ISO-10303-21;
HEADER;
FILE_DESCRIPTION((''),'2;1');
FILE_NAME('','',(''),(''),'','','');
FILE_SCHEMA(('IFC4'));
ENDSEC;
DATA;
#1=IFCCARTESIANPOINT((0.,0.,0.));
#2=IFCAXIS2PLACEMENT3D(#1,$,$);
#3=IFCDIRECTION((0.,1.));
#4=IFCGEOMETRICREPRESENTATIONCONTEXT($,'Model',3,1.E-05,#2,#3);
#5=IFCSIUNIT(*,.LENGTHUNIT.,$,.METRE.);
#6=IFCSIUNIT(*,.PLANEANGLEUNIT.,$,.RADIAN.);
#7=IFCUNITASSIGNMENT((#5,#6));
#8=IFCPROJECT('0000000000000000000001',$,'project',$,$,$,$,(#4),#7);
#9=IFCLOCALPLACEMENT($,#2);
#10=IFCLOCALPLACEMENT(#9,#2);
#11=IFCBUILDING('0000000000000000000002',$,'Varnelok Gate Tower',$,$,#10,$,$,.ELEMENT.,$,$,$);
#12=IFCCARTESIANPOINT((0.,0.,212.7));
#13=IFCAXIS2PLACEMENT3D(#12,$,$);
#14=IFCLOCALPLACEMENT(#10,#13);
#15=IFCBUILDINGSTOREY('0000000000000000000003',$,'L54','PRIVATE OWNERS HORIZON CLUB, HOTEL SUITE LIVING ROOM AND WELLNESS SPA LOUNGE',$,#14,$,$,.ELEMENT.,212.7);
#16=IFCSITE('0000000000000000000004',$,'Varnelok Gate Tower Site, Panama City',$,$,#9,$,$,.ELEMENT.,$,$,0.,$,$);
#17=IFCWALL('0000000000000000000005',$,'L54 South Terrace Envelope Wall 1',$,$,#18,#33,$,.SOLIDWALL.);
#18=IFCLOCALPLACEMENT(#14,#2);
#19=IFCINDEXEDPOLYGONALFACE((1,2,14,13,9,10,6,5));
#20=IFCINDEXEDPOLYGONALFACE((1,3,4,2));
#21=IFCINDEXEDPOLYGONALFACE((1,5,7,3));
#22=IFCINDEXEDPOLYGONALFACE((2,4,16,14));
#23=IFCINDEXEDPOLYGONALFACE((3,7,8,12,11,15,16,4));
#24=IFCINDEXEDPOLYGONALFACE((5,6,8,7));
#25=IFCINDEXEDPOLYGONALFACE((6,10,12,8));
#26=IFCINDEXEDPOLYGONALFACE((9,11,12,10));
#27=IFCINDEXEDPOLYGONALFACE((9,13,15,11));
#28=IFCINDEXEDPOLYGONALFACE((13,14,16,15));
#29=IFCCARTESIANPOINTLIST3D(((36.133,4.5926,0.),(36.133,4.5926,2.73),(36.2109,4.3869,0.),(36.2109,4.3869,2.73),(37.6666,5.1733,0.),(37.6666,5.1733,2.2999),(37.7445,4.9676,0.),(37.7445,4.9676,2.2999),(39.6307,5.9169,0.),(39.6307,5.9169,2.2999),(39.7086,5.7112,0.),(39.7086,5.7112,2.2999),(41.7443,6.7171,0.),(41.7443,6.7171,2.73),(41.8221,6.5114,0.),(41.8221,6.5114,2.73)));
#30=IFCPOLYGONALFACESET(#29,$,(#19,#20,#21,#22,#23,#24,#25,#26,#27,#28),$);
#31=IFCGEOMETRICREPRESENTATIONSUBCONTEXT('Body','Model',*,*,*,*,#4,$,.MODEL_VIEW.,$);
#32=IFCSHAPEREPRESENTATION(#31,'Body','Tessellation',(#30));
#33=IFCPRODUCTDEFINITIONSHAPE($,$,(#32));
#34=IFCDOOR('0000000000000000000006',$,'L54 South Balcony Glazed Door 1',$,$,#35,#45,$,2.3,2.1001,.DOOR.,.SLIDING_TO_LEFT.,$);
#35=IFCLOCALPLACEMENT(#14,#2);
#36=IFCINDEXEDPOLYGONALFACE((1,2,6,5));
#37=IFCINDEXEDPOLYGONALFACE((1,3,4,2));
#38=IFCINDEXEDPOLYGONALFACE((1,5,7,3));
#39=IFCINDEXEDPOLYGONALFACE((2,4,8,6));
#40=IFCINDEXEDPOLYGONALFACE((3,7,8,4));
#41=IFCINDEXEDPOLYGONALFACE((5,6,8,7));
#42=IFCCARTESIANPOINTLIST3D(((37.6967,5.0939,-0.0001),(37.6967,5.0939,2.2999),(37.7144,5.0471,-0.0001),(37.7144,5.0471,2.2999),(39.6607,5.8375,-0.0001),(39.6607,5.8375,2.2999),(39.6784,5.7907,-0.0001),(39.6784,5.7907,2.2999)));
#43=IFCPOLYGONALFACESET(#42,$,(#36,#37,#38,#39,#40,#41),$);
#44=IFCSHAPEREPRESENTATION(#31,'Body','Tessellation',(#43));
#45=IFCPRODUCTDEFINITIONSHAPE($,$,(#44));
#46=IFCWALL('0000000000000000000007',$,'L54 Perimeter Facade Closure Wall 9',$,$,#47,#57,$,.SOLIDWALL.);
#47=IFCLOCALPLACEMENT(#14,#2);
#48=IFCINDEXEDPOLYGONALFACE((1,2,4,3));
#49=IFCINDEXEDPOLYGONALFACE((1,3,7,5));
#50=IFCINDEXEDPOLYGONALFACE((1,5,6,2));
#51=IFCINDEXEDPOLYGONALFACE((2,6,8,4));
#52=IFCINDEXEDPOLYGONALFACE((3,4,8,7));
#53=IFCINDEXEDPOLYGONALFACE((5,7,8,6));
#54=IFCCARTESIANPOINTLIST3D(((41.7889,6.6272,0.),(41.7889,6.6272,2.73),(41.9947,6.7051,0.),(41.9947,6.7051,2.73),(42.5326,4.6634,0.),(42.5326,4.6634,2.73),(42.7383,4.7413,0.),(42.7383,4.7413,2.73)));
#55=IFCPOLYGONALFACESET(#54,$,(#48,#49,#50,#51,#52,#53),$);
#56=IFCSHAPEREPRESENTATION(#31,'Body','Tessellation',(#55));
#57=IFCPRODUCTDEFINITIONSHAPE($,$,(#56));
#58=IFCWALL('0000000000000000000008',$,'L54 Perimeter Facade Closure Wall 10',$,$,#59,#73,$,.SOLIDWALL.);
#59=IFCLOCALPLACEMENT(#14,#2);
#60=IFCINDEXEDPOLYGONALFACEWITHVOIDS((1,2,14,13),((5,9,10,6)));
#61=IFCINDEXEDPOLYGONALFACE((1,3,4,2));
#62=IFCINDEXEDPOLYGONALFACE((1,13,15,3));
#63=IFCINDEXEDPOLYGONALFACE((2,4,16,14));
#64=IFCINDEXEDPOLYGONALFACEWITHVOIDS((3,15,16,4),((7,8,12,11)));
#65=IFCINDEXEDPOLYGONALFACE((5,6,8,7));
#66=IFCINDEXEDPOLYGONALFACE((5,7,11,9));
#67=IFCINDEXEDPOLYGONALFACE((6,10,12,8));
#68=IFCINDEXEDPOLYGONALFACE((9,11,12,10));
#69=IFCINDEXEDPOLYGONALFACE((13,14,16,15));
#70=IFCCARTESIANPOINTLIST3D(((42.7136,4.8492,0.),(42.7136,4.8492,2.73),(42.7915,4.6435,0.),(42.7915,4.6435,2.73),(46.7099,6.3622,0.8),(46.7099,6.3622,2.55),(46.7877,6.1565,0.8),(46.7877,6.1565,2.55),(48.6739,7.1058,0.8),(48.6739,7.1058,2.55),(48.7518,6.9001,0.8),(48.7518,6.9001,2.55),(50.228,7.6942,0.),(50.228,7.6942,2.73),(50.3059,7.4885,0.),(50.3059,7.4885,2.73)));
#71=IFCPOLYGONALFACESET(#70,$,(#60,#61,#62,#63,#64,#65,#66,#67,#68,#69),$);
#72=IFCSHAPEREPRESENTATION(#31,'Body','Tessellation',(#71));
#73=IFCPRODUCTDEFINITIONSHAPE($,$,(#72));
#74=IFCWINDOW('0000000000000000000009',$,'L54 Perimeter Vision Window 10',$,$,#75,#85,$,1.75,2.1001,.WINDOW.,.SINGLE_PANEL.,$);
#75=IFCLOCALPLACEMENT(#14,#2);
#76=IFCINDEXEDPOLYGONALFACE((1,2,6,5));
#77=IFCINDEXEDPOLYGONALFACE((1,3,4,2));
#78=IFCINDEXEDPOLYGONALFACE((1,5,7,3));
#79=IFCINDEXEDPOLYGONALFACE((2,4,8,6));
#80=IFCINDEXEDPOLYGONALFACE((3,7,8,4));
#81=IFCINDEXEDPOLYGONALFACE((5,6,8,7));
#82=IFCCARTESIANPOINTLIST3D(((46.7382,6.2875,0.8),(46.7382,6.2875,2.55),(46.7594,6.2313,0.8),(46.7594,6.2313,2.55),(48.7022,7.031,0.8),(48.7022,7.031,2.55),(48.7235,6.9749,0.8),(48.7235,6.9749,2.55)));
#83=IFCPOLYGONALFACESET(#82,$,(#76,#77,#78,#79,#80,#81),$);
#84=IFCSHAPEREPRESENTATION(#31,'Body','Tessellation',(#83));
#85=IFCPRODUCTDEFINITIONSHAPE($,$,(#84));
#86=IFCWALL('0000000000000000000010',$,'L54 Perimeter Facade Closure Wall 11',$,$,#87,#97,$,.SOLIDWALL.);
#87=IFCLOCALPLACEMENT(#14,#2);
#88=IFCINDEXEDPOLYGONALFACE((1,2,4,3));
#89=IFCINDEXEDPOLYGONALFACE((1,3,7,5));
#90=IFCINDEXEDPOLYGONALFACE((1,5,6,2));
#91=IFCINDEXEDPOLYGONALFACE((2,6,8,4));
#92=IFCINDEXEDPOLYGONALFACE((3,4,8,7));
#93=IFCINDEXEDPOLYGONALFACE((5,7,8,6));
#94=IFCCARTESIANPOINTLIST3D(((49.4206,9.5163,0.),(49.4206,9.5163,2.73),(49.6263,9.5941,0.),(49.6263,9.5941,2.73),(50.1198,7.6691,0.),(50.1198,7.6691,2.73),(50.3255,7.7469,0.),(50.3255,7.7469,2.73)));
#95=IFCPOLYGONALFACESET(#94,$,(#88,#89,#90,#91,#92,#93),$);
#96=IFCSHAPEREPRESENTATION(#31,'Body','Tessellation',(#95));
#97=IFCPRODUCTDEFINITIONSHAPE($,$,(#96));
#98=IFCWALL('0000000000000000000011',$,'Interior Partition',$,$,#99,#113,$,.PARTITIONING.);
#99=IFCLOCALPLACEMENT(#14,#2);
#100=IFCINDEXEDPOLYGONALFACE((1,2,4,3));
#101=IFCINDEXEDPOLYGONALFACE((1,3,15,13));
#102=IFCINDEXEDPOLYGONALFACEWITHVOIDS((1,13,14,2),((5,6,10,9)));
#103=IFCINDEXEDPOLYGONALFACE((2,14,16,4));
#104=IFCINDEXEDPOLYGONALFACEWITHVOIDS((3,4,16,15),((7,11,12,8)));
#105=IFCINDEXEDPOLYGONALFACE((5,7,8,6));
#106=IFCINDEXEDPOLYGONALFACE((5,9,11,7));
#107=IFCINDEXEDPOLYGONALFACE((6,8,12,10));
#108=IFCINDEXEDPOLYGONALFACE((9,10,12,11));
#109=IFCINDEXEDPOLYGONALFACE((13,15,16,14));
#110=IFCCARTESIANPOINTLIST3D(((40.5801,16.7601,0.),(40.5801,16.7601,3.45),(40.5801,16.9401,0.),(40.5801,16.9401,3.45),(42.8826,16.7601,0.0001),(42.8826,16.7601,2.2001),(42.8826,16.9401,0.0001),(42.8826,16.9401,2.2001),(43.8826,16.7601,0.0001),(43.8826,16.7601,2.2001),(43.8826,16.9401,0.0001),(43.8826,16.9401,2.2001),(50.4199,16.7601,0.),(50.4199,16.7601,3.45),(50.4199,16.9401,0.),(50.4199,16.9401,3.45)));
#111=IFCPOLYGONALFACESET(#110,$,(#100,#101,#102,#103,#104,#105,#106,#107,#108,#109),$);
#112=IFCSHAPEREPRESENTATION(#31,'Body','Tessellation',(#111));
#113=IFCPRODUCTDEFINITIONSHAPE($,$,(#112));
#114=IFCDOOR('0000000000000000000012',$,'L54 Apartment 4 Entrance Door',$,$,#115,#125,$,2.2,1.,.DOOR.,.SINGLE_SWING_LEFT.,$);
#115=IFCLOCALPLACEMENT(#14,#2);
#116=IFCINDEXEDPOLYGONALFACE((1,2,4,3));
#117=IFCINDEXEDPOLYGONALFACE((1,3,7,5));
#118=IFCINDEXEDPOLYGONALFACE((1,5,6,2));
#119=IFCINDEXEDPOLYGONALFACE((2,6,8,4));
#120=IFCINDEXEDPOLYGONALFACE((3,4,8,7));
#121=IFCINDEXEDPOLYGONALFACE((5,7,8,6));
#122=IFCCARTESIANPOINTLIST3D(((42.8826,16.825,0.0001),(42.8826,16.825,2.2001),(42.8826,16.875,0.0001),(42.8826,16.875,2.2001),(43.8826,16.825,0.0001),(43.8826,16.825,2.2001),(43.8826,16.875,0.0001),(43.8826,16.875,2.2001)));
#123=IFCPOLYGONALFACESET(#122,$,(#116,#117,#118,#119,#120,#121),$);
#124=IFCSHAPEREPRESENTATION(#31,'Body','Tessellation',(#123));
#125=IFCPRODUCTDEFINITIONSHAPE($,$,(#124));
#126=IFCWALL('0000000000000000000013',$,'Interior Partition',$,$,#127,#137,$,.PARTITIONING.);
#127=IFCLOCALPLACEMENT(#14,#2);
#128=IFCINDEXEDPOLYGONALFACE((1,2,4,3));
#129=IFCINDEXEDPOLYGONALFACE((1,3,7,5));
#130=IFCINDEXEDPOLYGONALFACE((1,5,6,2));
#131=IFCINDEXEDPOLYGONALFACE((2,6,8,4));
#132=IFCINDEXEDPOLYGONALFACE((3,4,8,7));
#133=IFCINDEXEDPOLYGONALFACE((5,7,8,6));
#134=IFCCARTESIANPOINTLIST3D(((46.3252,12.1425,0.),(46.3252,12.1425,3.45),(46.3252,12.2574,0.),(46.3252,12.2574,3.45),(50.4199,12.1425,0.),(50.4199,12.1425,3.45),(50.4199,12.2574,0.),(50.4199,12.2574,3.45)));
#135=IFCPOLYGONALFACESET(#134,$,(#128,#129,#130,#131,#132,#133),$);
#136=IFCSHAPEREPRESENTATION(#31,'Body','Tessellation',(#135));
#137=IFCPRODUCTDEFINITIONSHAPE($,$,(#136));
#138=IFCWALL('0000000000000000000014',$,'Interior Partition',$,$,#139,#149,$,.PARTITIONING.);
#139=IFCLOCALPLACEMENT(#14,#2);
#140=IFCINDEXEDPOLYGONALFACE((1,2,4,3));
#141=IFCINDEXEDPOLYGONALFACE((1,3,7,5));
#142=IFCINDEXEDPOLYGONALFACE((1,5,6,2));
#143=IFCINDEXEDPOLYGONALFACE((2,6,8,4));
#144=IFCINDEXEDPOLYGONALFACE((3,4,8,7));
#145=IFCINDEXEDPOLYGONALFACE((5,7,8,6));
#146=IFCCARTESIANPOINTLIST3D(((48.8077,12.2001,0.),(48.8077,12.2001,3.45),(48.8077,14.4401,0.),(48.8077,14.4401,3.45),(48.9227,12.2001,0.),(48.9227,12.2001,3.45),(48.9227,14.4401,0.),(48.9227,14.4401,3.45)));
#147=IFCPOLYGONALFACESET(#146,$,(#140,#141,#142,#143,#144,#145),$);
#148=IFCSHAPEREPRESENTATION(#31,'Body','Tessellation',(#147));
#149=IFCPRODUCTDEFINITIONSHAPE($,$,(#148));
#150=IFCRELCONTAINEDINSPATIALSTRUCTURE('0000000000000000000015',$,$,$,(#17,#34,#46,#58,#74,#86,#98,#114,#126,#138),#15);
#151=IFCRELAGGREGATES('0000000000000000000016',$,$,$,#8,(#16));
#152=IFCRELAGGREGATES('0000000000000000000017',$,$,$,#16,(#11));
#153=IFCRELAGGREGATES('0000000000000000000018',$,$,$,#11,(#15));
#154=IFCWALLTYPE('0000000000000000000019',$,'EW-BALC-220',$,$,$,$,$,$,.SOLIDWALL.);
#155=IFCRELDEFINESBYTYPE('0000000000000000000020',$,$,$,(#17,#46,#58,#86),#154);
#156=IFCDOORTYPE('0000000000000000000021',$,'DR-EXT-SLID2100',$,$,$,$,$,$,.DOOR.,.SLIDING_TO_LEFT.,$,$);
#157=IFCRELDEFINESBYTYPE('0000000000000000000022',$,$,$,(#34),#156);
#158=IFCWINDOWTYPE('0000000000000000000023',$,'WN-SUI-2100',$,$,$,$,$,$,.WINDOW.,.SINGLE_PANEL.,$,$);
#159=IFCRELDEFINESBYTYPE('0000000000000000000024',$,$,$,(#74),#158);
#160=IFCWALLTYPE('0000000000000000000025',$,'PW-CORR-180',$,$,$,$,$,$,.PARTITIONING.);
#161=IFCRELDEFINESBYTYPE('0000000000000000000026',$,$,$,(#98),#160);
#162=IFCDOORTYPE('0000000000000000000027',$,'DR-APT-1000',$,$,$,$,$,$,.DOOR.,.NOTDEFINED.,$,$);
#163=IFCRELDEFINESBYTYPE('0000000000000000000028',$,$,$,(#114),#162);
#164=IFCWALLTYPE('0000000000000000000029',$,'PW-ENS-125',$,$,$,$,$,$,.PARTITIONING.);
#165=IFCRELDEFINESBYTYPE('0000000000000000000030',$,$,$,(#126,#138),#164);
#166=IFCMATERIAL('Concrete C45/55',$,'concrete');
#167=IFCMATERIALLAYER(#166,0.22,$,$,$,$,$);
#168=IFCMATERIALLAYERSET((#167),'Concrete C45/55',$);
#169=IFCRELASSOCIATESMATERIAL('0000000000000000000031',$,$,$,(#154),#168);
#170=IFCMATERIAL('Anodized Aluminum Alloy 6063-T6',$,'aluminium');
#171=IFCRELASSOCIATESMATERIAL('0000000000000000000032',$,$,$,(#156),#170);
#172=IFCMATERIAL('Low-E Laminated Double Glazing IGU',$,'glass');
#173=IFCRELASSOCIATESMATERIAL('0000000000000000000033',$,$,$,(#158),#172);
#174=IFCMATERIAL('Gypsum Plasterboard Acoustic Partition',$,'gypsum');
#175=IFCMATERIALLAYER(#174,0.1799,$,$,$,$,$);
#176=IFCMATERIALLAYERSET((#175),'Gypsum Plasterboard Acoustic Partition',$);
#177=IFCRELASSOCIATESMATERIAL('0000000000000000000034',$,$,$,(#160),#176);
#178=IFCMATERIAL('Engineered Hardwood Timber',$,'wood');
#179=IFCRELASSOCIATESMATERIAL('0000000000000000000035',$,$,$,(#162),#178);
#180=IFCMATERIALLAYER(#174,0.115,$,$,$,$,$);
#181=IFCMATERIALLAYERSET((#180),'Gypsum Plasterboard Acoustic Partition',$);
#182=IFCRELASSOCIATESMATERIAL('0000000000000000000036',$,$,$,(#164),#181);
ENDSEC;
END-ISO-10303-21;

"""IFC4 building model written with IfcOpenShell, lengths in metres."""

from ifc_helpers import new_model, si_unit, direction, frame, frame_2d, origin, place, context, subcontext, project, spatial, rectangle, extrude, material, layer, layer_set, type_object, element, fill, save


model = new_model("IFC4")

# Units and contexts
model_context = context("Model", 3, precision=1e-05, world=origin(), true_north=direction((0.0, 1.0)))
body_context = subcontext(model_context, "Body", "Model", "MODEL_VIEW")
ifc_project = project(units=[si_unit("LENGTHUNIT", "METRE"), si_unit("PLANEANGLEUNIT", "RADIAN")], contexts=[model_context])

# Site, building, storey
site_placement = place(None, origin())
site = spatial("IfcSite", under=ifc_project, at=site_placement, Name="Varnelok Gate Tower Site, Panama City", CompositionType="ELEMENT", RefElevation=0.0)
building_placement = place(site_placement, origin())
building = spatial("IfcBuilding", under=site, at=building_placement, Name="Varnelok Gate Tower", CompositionType="ELEMENT")
storey_placement = place(building_placement, frame((0.0, 0.0, 212.7)))
storey = spatial("IfcBuildingStorey", under=building, at=storey_placement, Name="L54", Description="PRIVATE OWNERS HORIZON CLUB, HOTEL SUITE LIVING ROOM AND WELLNESS SPA LOUNGE", CompositionType="ELEMENT", Elevation=212.7)

# Wall, opening, door
ifc_material_1 = material(Name="Concrete C45/55", Category="concrete")
ifc_layer_1 = layer(ifc_material_1, 0.22)
ifc_layer_set_1 = layer_set([ifc_layer_1], Name="Concrete C45/55")
wall_type_1 = type_object("IfcWallType", Name="EW-BALC-220", PredefinedType="SOLIDWALL", material=ifc_layer_set_1)
wall_1_placement = place(storey_placement, frame((41.7832, 6.6143, 0.0), z_axis=(0.0, 0.0, 1.0), x_axis=(-0.935214, -0.354083, 0.0)))
wall_1 = element("IfcWall", 1, at=wall_1_placement, inside=storey, type_object=wall_type_1, Name="L54 South Terrace Envelope Wall 1", PredefinedType="SOLIDWALL", context=body_context, shape_type="SweptSolid", body=[
    extrude(rectangle(XDim=6.0, YDim=0.22, at=frame_2d((3.0, 0.0))), origin(), (0.0, 0.0, 1.0), 2.73),
])
opening_1_placement = place(wall_1_placement, frame((2.26, 0.0, 0.0)))
opening_1 = element("IfcOpeningElement", 2, at=opening_1_placement, cuts=wall_1, PredefinedType="OPENING", context=body_context, shape_type="SweptSolid", body=[
    extrude(rectangle(XDim=2.1001, YDim=2.3, at=frame_2d((1.05, 1.1499))), frame((0.0, 0.1199, 0.0), z_axis=(0.0, -1.0, 0.0), x_axis=(1.0, 0.0, 0.0)), (0.0, 0.0, 1.0), 0.24),
])
ifc_material_2 = material(Name="Anodized Aluminum Alloy 6063-T6", Category="aluminium")
door_type_1 = type_object("IfcDoorType", Name="DR-EXT-SLID2100", OperationType="SLIDING_TO_LEFT", PredefinedType="DOOR", material=ifc_material_2)
door_1_placement = place(opening_1_placement, origin())
door_1 = element("IfcDoor", 3, at=door_1_placement, inside=storey, type_object=door_type_1, Name="L54 South Balcony Glazed Door 1", OperationType="SLIDING_TO_LEFT", OverallHeight=2.3, OverallWidth=2.1001, PredefinedType="DOOR", context=body_context, shape_type="SweptSolid", body=[
    extrude(rectangle(XDim=2.1001, YDim=2.3, at=frame_2d((1.05, 1.1499))), frame((0.0, 0.0249, 0.0), z_axis=(0.0, -1.0, 0.0), x_axis=(1.0, 0.0, 0.0)), (0.0, 0.0, 1.0), 0.05),
])
fill(opening_1, door_1)

# Wall
wall_2_placement = place(storey_placement, frame((41.8918, 6.666, 0.0), z_axis=(0.0, 0.0, 1.0), x_axis=(0.354128, -0.935197, 0.0)))
element("IfcWall", 4, at=wall_2_placement, inside=storey, type_object=wall_type_1, Name="L54 Perimeter Facade Closure Wall 9", PredefinedType="SOLIDWALL", context=body_context, shape_type="SweptSolid", body=[
    extrude(rectangle(XDim=2.0999, YDim=0.22, at=frame_2d((1.0498, 0.0))), origin(), (0.0, 0.0, 1.0), 2.73),
])

# Wall, opening, window
wall_3_placement = place(storey_placement, frame((42.7524, 4.7463, 0.0), z_axis=(0.0, 0.0, 1.0), x_axis=(0.935217, 0.354075, 0.0)))
wall_3 = element("IfcWall", 5, at=wall_3_placement, inside=storey, type_object=wall_type_1, Name="L54 Perimeter Facade Closure Wall 10", PredefinedType="SOLIDWALL", context=body_context, shape_type="SweptSolid", body=[
    extrude(rectangle(XDim=8.0349, YDim=0.22, at=frame_2d((4.0176, 0.0))), origin(), (0.0, 0.0, 1.0), 2.73),
])
opening_2_placement = place(wall_3_placement, frame((4.2732, 0.0, 0.8)))
opening_2 = element("IfcOpeningElement", 6, at=opening_2_placement, cuts=wall_3, PredefinedType="OPENING", context=body_context, shape_type="SweptSolid", body=[
    extrude(rectangle(XDim=2.1001, YDim=1.75, at=frame_2d((1.05, 0.875))), frame((0.0, 0.1199, 0.0), z_axis=(0.0, -1.0, 0.0), x_axis=(1.0, 0.0, 0.0)), (0.0, 0.0, 1.0), 0.24),
])
ifc_material_3 = material(Name="Low-E Laminated Double Glazing IGU", Category="glass")
window_type = type_object("IfcWindowType", Name="WN-SUI-2100", PartitioningType="SINGLE_PANEL", PredefinedType="WINDOW", material=ifc_material_3)
window_placement = place(opening_2_placement, origin())
window = element("IfcWindow", 7, at=window_placement, inside=storey, type_object=window_type, Name="L54 Perimeter Vision Window 10", OverallHeight=1.75, OverallWidth=2.1001, PartitioningType="SINGLE_PANEL", PredefinedType="WINDOW", context=body_context, shape_type="SweptSolid", body=[
    extrude(rectangle(XDim=2.1001, YDim=1.75, at=frame_2d((1.05, 0.875))), frame((0.0, 0.03, 0.0), z_axis=(0.0, -1.0, 0.0), x_axis=(1.0, 0.0, 0.0)), (0.0, 0.0, 1.0), 0.0601),
])
fill(opening_2, window)

# Wall
wall_4_placement = place(storey_placement, frame((50.2227, 7.708, 0.0), z_axis=(0.0, 0.0, 1.0), x_axis=(-0.354021, 0.935238, 0.0)))
element("IfcWall", 8, at=wall_4_placement, inside=storey, type_object=wall_type_1, Name="L54 Perimeter Facade Closure Wall 11", PredefinedType="SOLIDWALL", context=body_context, shape_type="SweptSolid", body=[
    extrude(rectangle(XDim=1.9751, YDim=0.22, at=frame_2d((0.9875, 0.0))), origin(), (0.0, 0.0, 1.0), 2.73),
])

# Wall, opening, door
ifc_material_4 = material(Name="Gypsum Plasterboard Acoustic Partition", Category="gypsum")
ifc_layer_2 = layer(ifc_material_4, 0.1799)
ifc_layer_set_2 = layer_set([ifc_layer_2], Name="Gypsum Plasterboard Acoustic Partition")
wall_type_2 = type_object("IfcWallType", Name="PW-CORR-180", PredefinedType="PARTITIONING", material=ifc_layer_set_2)
wall_5_placement = place(storey_placement, frame((40.5801, 16.8501, 0.0), z_axis=(0.0, 0.0, 1.0), x_axis=(1.0, 0.0, 0.0)))
wall_5 = element("IfcWall", 9, at=wall_5_placement, inside=storey, type_object=wall_type_2, Name="Interior Partition", PredefinedType="PARTITIONING", context=body_context, shape_type="SweptSolid", body=[
    extrude(rectangle(XDim=9.8398, YDim=0.1799, at=frame_2d((4.9199, 0.0))), origin(), (0.0, 0.0, 1.0), 3.45),
])
opening_3_placement = place(wall_5_placement, frame((2.3025, 0.0, 0.0)))
opening_3 = element("IfcOpeningElement", 10, at=opening_3_placement, cuts=wall_5, PredefinedType="OPENING", context=body_context, shape_type="SweptSolid", body=[
    extrude(rectangle(XDim=1.0, YDim=2.2, at=frame_2d((0.5, 1.1001))), frame((0.0, 0.0999, 0.0), z_axis=(0.0, -1.0, 0.0), x_axis=(1.0, 0.0, 0.0)), (0.0, 0.0, 1.0), 0.2),
])
ifc_material_5 = material(Name="Engineered Hardwood Timber", Category="wood")
door_type_2 = type_object("IfcDoorType", Name="DR-APT-1000", OperationType="NOTDEFINED", PredefinedType="DOOR", material=ifc_material_5)
door_2_placement = place(opening_3_placement, origin())
door_2 = element("IfcDoor", 11, at=door_2_placement, inside=storey, type_object=door_type_2, Name="L54 Apartment 4 Entrance Door", OperationType="SINGLE_SWING_LEFT", OverallHeight=2.2, OverallWidth=1.0, PredefinedType="DOOR", context=body_context, shape_type="SweptSolid", body=[
    extrude(rectangle(XDim=1.0, YDim=2.2, at=frame_2d((0.5, 1.1001))), frame((0.0, 0.0249, 0.0), z_axis=(0.0, -1.0, 0.0), x_axis=(1.0, 0.0, 0.0)), (0.0, 0.0, 1.0), 0.05),
])
fill(opening_3, door_2)

# Walls
ifc_layer_3 = layer(ifc_material_4, 0.115)
ifc_layer_set_3 = layer_set([ifc_layer_3], Name="Gypsum Plasterboard Acoustic Partition")
wall_type_3 = type_object("IfcWallType", Name="PW-ENS-125", PredefinedType="PARTITIONING", material=ifc_layer_set_3)
wall_6_placement = place(storey_placement, frame((46.3252, 12.2, 0.0), z_axis=(0.0, 0.0, 1.0), x_axis=(1.0, 0.0, 0.0)))
element("IfcWall", 12, at=wall_6_placement, inside=storey, type_object=wall_type_3, Name="Interior Partition", PredefinedType="PARTITIONING", context=body_context, shape_type="SweptSolid", body=[
    extrude(rectangle(XDim=4.0947, YDim=0.115, at=frame_2d((2.0474, 0.0))), origin(), (0.0, 0.0, 1.0), 3.45),
])
wall_7_placement = place(storey_placement, frame((48.8652, 12.2, 0.0), z_axis=(0.0, 0.0, 1.0), x_axis=(0.0, 1.0, 0.0)))
element("IfcWall", 13, at=wall_7_placement, inside=storey, type_object=wall_type_3, Name="Interior Partition", PredefinedType="PARTITIONING", context=body_context, shape_type="SweptSolid", body=[
    extrude(rectangle(XDim=2.24, YDim=0.115, at=frame_2d((1.1201, 0.0))), origin(), (0.0, 0.0, 1.0), 3.45),
])

save(model, "model.ifc")
